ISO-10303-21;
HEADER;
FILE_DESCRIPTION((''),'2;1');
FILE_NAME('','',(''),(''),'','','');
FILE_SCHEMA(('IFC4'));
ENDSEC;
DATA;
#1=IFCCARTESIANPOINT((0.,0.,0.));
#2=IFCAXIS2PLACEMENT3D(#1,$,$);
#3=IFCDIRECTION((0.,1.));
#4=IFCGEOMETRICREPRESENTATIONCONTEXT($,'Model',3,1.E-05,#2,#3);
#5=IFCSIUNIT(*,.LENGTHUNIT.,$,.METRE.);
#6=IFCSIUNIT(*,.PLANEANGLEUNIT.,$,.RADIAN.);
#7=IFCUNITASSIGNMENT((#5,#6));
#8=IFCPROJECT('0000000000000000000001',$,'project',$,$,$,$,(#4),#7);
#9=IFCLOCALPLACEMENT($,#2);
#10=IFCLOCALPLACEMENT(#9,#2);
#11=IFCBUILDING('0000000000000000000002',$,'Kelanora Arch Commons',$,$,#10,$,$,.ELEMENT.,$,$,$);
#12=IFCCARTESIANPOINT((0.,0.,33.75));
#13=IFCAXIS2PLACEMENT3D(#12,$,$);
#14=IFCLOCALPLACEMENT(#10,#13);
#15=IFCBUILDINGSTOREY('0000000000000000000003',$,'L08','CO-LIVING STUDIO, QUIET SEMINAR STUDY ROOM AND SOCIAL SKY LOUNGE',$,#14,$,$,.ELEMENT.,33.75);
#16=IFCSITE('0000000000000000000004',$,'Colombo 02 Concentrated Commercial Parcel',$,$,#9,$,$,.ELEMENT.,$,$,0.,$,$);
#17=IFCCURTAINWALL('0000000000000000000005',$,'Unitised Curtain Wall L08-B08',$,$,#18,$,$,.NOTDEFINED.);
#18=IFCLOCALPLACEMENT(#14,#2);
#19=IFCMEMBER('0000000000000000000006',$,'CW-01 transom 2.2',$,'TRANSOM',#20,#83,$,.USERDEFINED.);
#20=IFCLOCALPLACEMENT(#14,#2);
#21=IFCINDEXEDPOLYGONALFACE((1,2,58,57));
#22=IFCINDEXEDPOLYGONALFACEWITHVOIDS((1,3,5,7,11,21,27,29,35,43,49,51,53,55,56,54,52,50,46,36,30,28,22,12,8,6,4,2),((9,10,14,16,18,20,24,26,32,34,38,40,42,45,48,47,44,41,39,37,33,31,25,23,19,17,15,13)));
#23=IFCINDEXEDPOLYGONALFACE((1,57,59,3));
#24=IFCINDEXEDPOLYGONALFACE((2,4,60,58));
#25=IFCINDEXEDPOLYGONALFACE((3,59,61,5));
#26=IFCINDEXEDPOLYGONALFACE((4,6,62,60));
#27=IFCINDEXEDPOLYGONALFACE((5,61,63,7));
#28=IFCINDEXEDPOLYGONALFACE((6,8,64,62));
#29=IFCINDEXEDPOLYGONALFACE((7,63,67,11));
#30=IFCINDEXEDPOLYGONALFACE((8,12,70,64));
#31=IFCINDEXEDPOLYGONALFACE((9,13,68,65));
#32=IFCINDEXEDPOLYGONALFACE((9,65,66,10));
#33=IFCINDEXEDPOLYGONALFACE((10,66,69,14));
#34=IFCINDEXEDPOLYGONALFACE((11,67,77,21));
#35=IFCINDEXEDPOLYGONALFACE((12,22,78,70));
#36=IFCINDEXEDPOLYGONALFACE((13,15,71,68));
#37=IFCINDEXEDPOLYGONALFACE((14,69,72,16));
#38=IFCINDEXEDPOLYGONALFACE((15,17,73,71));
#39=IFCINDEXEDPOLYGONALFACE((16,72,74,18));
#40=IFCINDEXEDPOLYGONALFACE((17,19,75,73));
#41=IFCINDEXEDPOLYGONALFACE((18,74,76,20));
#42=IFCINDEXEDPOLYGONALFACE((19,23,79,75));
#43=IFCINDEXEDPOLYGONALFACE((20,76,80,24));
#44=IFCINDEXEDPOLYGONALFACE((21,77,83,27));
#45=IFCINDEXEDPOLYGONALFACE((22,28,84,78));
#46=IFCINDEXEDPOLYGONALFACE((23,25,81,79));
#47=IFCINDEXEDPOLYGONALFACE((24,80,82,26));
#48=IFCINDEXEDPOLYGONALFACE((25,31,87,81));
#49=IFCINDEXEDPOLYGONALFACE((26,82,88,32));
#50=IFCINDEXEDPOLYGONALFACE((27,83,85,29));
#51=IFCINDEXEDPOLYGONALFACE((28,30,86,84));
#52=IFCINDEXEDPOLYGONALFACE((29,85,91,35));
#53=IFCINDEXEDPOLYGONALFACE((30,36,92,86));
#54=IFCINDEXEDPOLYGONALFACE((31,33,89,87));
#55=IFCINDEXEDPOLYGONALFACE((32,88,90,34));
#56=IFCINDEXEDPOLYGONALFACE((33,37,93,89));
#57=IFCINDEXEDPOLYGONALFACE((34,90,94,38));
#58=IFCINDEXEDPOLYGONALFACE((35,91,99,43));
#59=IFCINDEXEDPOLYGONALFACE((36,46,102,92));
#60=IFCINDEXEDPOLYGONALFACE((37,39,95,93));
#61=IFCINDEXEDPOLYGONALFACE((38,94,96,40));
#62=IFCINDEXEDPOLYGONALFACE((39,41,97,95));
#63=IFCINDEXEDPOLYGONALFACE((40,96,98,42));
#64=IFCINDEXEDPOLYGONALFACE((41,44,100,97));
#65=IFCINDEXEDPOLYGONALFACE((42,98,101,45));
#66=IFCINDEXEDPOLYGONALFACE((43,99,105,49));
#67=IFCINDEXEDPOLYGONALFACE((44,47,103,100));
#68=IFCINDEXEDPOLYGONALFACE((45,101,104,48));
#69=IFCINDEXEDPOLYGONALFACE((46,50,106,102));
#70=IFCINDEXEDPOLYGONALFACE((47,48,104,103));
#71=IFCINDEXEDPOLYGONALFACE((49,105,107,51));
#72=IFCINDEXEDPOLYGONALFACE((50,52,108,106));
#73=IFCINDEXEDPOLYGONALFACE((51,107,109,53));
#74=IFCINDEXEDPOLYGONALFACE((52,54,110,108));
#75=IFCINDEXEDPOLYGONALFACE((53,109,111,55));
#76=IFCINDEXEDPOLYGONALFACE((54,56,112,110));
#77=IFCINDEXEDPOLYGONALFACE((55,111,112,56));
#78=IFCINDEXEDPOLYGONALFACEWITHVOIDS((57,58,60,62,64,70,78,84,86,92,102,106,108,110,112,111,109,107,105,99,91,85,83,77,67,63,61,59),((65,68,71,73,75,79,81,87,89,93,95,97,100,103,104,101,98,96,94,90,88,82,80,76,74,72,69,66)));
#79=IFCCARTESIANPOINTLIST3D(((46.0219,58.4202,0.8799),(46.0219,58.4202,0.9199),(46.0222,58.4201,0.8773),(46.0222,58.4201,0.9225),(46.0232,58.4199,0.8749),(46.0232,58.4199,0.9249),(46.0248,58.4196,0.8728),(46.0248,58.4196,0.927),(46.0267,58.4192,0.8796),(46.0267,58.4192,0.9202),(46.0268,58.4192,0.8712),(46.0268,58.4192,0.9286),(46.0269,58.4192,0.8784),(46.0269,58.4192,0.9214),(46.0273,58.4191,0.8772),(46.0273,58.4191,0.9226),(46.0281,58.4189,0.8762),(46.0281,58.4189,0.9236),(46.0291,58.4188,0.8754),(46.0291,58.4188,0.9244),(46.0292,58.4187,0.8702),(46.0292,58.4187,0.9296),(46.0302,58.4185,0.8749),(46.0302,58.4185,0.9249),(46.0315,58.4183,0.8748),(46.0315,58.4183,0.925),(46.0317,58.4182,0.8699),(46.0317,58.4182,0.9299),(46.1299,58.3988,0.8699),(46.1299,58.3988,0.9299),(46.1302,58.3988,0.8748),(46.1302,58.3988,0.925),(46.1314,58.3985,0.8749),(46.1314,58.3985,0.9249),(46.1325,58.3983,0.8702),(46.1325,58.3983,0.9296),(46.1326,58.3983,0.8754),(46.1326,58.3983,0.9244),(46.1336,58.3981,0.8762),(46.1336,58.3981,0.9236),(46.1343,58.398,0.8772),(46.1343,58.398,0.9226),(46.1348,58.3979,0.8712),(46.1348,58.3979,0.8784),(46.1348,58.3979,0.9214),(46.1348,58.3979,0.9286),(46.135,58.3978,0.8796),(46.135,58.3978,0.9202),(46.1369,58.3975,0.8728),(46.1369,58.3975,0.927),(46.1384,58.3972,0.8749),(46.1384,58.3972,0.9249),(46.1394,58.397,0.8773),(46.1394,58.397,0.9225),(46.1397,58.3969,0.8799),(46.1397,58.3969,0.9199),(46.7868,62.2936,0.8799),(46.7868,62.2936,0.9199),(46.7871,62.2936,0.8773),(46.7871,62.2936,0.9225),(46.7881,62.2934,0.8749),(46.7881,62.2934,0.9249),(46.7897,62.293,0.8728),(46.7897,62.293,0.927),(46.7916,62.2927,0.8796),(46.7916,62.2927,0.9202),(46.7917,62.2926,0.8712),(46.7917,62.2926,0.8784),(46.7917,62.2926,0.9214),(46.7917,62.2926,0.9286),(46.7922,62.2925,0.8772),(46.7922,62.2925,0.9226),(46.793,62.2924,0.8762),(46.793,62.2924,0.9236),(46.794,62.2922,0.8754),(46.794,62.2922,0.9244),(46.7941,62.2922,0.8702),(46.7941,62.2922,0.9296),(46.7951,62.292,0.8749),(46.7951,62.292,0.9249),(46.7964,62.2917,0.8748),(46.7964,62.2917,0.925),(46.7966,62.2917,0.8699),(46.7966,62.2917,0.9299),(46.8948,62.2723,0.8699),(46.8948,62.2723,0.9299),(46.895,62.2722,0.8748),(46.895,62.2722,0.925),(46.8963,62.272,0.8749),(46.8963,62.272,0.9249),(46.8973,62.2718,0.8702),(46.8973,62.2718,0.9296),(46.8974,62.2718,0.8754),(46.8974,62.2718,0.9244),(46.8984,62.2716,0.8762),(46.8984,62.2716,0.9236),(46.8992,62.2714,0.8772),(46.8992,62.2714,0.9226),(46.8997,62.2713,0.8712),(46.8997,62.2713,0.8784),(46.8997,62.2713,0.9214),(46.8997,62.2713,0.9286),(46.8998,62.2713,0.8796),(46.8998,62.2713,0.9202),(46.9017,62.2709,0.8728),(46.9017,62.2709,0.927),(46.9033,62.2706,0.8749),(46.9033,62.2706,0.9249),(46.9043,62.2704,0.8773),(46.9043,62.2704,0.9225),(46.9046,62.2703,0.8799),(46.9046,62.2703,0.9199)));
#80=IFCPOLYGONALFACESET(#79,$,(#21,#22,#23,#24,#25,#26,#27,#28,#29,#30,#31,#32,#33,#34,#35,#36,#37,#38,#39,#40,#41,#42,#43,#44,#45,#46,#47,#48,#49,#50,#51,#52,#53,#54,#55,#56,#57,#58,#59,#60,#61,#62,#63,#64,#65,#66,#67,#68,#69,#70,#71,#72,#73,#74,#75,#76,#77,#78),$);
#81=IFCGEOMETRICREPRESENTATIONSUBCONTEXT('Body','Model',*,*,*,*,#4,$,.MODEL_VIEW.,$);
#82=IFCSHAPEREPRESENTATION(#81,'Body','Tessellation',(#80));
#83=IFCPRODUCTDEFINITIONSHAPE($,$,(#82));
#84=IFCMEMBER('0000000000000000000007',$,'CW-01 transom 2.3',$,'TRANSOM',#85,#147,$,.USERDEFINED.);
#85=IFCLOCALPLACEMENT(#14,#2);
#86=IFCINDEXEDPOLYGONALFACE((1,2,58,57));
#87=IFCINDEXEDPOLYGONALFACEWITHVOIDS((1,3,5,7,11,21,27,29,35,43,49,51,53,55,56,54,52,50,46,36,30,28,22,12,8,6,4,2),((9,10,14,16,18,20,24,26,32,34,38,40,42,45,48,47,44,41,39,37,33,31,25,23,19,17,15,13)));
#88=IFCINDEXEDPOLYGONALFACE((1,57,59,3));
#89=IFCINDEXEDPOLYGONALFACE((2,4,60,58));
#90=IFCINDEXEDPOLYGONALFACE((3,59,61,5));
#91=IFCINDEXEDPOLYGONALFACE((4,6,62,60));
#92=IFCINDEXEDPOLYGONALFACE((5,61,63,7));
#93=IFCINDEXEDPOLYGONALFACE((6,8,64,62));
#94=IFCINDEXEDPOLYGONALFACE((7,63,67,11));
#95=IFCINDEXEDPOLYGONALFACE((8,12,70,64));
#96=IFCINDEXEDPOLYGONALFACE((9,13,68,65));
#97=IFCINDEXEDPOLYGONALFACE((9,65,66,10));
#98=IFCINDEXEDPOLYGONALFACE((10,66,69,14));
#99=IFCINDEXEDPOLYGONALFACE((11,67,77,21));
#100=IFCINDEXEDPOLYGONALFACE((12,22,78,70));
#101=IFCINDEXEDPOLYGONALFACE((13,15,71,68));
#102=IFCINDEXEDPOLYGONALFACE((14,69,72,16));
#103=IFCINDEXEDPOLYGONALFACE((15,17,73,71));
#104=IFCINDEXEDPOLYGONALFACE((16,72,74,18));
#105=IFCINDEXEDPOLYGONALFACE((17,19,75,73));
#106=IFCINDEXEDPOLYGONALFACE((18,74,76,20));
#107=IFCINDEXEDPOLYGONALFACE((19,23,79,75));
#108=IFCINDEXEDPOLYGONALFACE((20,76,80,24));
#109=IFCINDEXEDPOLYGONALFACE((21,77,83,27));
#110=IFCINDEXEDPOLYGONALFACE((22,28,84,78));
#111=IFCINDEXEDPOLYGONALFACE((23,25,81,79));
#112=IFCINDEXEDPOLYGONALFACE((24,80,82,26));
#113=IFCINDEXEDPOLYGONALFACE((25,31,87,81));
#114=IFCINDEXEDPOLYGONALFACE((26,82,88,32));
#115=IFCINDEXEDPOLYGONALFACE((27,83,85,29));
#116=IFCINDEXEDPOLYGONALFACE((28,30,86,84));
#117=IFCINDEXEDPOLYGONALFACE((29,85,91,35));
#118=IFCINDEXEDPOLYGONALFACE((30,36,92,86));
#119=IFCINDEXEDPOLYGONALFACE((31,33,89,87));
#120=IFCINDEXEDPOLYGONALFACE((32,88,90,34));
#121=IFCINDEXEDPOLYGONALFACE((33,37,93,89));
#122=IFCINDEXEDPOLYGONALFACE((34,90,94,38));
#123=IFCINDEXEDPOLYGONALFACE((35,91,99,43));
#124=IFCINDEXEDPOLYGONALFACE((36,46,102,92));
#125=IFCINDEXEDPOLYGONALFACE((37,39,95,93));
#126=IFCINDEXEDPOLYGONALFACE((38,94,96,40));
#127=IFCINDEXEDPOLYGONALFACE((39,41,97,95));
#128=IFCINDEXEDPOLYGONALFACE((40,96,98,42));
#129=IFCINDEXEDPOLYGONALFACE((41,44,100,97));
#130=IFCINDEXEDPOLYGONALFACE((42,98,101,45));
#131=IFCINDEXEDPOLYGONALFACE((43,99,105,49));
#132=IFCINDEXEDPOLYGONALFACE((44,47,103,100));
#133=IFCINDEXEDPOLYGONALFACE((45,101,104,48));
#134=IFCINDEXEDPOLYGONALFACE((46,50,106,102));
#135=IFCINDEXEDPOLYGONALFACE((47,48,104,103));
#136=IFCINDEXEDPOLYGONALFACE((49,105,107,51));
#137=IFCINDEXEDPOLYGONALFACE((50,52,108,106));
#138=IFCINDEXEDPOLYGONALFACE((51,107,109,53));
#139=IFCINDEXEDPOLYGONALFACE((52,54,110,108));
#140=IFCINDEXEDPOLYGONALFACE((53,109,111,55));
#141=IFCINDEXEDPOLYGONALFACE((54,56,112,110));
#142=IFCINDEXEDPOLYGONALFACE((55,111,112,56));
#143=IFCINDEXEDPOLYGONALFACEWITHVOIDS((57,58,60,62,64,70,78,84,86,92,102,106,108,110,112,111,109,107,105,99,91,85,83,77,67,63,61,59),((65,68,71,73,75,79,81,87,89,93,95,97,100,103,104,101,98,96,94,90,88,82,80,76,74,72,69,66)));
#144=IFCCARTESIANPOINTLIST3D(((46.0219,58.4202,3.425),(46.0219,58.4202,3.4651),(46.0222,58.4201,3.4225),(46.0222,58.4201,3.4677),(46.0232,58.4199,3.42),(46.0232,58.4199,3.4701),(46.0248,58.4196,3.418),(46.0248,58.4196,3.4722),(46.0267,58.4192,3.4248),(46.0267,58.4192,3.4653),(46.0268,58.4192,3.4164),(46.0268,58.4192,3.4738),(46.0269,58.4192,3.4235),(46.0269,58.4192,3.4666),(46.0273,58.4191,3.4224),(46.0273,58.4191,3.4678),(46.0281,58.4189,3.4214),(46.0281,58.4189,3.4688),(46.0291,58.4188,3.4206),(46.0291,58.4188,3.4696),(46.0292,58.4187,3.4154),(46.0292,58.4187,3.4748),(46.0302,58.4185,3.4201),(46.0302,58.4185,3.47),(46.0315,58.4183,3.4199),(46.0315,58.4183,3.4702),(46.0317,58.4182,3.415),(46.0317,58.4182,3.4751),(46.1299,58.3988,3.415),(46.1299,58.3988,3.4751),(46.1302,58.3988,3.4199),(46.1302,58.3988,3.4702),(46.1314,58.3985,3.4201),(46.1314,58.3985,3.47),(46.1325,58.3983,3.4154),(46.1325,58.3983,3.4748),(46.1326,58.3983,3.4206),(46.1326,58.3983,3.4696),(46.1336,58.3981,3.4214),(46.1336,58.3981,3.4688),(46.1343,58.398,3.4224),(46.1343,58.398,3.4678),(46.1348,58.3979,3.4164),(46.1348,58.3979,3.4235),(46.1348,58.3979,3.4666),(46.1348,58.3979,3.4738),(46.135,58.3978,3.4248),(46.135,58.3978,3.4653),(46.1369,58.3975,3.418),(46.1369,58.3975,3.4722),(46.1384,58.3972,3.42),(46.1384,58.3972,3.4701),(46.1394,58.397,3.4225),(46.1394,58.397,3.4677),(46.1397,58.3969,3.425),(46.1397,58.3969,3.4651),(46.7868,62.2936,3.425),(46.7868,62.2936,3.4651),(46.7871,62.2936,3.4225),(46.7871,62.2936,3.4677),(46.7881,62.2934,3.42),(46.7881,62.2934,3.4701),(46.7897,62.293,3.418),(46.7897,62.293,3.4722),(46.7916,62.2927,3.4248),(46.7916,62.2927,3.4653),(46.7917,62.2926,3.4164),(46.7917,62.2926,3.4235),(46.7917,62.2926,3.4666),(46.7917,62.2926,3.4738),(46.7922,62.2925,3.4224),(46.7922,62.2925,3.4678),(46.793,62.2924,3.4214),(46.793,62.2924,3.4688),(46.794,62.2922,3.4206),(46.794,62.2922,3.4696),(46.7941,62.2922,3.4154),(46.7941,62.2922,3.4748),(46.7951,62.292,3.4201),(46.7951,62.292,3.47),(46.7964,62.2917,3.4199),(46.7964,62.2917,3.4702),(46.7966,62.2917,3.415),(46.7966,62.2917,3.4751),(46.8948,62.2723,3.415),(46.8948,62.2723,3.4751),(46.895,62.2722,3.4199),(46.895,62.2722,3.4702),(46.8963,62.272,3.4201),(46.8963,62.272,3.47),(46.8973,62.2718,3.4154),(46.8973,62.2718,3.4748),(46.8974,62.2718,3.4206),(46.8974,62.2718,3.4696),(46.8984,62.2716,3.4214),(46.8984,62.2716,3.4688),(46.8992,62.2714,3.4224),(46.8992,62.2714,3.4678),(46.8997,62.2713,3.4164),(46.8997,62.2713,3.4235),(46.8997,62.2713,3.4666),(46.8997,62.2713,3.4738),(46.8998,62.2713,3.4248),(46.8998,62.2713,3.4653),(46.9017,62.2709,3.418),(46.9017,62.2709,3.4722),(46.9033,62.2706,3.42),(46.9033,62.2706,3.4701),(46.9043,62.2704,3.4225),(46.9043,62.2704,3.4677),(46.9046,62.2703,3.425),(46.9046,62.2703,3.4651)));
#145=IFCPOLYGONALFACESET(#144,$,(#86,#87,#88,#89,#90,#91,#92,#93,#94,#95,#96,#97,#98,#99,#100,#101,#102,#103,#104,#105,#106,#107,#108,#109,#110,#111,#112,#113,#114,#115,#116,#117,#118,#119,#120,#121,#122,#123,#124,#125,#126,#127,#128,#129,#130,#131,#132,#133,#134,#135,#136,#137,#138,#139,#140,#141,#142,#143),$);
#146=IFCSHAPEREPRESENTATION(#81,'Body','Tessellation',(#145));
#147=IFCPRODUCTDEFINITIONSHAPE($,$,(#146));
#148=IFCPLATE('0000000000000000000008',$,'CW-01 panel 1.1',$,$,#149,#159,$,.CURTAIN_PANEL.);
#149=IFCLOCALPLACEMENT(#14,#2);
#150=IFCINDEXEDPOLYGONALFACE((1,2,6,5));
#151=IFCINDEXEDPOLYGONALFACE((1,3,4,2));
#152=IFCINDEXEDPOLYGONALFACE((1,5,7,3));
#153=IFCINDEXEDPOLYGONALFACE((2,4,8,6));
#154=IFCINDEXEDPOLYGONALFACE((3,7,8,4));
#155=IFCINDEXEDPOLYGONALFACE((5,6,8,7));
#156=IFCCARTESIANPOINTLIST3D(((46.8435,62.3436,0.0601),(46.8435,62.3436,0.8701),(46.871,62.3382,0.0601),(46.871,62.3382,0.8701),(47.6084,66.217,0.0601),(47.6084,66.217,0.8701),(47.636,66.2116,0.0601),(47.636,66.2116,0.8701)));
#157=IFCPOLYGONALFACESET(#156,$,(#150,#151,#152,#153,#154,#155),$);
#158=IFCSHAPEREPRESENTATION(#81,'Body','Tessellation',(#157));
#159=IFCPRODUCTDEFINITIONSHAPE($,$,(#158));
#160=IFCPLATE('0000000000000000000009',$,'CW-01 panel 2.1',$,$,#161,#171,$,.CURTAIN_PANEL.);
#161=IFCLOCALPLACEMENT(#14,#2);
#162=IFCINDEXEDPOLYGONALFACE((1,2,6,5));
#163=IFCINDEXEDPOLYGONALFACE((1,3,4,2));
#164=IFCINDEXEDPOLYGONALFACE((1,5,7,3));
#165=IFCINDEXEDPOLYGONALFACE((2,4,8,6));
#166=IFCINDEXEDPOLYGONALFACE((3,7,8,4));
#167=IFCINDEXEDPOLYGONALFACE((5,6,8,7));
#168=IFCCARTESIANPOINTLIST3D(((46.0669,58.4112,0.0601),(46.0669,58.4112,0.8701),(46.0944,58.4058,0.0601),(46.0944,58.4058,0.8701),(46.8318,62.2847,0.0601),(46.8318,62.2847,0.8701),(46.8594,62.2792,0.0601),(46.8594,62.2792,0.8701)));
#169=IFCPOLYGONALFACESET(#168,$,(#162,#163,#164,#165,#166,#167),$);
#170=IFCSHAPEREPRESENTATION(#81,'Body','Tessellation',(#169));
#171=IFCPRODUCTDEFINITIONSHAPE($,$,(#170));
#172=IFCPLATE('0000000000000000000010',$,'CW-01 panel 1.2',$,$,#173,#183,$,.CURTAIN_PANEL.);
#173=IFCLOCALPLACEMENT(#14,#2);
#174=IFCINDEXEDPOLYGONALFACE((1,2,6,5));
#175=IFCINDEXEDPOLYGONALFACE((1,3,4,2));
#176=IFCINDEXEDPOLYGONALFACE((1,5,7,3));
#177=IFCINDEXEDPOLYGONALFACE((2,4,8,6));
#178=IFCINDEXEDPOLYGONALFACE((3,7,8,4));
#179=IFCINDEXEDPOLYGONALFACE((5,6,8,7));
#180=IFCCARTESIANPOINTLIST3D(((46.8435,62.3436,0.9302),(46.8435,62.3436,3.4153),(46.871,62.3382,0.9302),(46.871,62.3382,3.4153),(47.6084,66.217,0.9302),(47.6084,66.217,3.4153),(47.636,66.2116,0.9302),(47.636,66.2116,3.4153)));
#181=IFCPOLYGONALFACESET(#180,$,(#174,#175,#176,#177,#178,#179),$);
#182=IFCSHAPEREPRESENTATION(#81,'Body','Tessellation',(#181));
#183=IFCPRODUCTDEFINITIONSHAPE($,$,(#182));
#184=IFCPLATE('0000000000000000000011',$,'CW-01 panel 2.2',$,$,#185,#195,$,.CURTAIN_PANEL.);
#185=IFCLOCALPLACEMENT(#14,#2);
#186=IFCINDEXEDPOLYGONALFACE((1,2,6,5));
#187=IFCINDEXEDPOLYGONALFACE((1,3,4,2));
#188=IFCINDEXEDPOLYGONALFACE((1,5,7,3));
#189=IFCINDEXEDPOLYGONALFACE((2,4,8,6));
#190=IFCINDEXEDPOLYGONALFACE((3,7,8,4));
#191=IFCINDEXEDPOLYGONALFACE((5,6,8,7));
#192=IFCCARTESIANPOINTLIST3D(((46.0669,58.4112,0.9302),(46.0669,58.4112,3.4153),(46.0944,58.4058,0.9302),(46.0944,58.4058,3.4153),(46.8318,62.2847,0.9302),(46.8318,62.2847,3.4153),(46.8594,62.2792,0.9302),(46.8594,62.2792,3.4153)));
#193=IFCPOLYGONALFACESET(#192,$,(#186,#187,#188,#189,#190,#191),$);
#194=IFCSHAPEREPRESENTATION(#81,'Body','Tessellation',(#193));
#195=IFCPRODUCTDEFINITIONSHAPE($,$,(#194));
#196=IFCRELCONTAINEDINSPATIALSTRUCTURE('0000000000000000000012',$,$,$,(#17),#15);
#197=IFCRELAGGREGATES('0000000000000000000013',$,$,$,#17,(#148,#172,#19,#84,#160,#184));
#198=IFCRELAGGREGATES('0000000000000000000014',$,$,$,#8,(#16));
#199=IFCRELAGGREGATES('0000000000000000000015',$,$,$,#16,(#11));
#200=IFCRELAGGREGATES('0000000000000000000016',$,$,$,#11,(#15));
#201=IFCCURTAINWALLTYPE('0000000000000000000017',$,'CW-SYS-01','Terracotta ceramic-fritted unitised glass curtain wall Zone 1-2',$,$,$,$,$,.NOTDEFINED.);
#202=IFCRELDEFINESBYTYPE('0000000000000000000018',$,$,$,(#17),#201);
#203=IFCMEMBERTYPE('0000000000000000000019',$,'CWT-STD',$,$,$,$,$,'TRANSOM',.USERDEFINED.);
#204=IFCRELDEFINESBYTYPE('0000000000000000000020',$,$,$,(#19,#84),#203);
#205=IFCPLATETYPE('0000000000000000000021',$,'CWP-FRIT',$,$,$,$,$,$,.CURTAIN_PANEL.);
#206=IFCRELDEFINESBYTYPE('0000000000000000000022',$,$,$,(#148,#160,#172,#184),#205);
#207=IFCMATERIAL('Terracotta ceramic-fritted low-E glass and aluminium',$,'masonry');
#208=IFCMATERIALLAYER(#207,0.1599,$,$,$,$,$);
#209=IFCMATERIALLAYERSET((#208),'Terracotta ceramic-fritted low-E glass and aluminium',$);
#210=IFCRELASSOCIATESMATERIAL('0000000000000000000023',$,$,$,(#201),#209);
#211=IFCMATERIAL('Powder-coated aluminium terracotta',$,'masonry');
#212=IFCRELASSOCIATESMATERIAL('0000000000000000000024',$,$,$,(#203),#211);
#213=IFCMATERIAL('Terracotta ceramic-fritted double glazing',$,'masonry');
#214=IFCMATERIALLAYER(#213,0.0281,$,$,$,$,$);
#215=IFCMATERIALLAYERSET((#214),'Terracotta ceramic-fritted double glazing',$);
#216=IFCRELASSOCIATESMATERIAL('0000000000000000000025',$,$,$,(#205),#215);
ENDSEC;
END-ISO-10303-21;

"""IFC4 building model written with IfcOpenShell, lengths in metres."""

from ifc_helpers import new_model, si_unit, direction, frame, origin, origin_2d, place, context, subcontext, project, spatial, rectangle, hollow_rectangle, extrude, source, transform, mapped, material, layer, layer_set, material_profile, profile_set, type_object, element, aggregate, save


model = new_model("IFC4")

# Units and contexts
model_context = context("Model", 3, precision=1e-05, world=origin(), true_north=direction((0.0, 1.0)))
body_context = subcontext(model_context, "Body", "Model", "MODEL_VIEW")
ifc_project = project(units=[si_unit("LENGTHUNIT", "METRE"), si_unit("PLANEANGLEUNIT", "RADIAN")], contexts=[model_context])

# Site, building, storey
site_placement = place(None, origin())
site = spatial("IfcSite", under=ifc_project, at=site_placement, Name="Colombo 02 Concentrated Commercial Parcel", CompositionType="ELEMENT", RefElevation=0.0)
building_placement = place(site_placement, origin())
building = spatial("IfcBuilding", under=site, at=building_placement, Name="Kelanora Arch Commons", CompositionType="ELEMENT")
storey_placement = place(building_placement, frame((0.0, 0.0, 33.75)))
storey = spatial("IfcBuildingStorey", under=building, at=storey_placement, Name="L08", Description="CO-LIVING STUDIO, QUIET SEMINAR STUDY ROOM AND SOCIAL SKY LOUNGE", CompositionType="ELEMENT", Elevation=33.75)

# Curtain wall, members, plates
ifc_material_1 = material(Name="Terracotta ceramic-fritted low-E glass and aluminium", Category="masonry")
ifc_layer_1 = layer(ifc_material_1, 0.1599)
ifc_layer_set_1 = layer_set([ifc_layer_1], Name="Terracotta ceramic-fritted low-E glass and aluminium")
curtain_wall_type = type_object("IfcCurtainWallType", Name="CW-SYS-01", Description="Terracotta ceramic-fritted unitised glass curtain wall Zone 1-2", PredefinedType="NOTDEFINED", material=ifc_layer_set_1)
curtain_wall_placement = place(storey_placement, origin())
curtain_wall = element("IfcCurtainWall", 1, at=curtain_wall_placement, inside=storey, type_object=curtain_wall_type, Name="Unitised Curtain Wall L08-B08", PredefinedType="NOTDEFINED")
ifc_material_2 = material(Name="Powder-coated aluminium terracotta", Category="masonry")
ifc_material_profile_1 = material_profile(ifc_material_2, hollow_rectangle(XDim=0.1201, YDim=0.0601, WallThickness=0.0049, InnerFilletRadius=0.0049, OuterFilletRadius=0.01, at=origin_2d()), Name="CWT120x60")
ifc_profile_set_1 = profile_set([ifc_material_profile_1], Name="Powder-coated aluminium terracotta")
member_type_1 = type_object("IfcMemberType", Name="CWT-STD", ElementType="TRANSOM", PredefinedType="USERDEFINED", material=ifc_profile_set_1)
member_1_placement = place(storey_placement, frame((46.8457, 62.282, 0.8999), z_axis=(-0.193725, -0.981056, 0.0), x_axis=(0.981056, -0.193725, 0.0)))
member_1 = element("IfcMember", 2, at=member_1_placement, type_object=member_type_1, Name="CW-01 transom 2.2", ObjectType="TRANSOM", PredefinedType="USERDEFINED", context=body_context, shape_type="SweptSolid", body=[
    extrude(hollow_rectangle(XDim=0.1201, YDim=0.0601, WallThickness=0.0049, InnerFilletRadius=0.0049, OuterFilletRadius=0.01, at=origin_2d()), origin(), (0.0, 0.0, 1.0), 3.9482),
])
member_2_placement = place(storey_placement, frame((46.8457, 62.282, 3.4451), z_axis=(-0.193725, -0.981056, 0.0), x_axis=(0.981056, -0.193725, 0.0)))
member_2 = element("IfcMember", 3, at=member_2_placement, type_object=member_type_1, Name="CW-01 transom 2.3", ObjectType="TRANSOM", PredefinedType="USERDEFINED", context=body_context, shape_type="SweptSolid", body=[
    extrude(hollow_rectangle(XDim=0.1201, YDim=0.0601, WallThickness=0.0049, InnerFilletRadius=0.0049, OuterFilletRadius=0.01, at=origin_2d()), origin(), (0.0, 0.0, 1.0), 3.9482),
])
ifc_material_3 = material(Name="Terracotta ceramic-fritted double glazing", Category="masonry")
ifc_layer_2 = layer(ifc_material_3, 0.0281)
ifc_layer_set_2 = layer_set([ifc_layer_2], Name="Terracotta ceramic-fritted double glazing")
plate_type = type_object("IfcPlateType", Name="CWP-FRIT", PredefinedType="CURTAIN_PANEL", material=ifc_layer_set_2)
shared_shape_1 = source(origin(), body_context, "Body", "SweptSolid", [
    extrude(rectangle(XDim=3.9482, YDim=0.0281, at=origin_2d()), origin(), (0.0, 0.0, 1.0), 0.8101),
])
plate_1_placement = place(storey_placement, frame((47.2397, 64.2776, 0.0601), z_axis=(0.0, 0.0, 1.0), x_axis=(-0.193744, -0.981052, 0.0)))
plate_1 = element("IfcPlate", 4, at=plate_1_placement, type_object=plate_type, Name="CW-01 panel 1.1", PredefinedType="CURTAIN_PANEL", context=body_context, shape_type="MappedRepresentation", body=[
    mapped(shared_shape_1, transform((0.0, 0.0, 0.0), scale=1.0)),
])
plate_2_placement = place(storey_placement, frame((46.4631, 60.3452, 0.0601), z_axis=(0.0, 0.0, 1.0), x_axis=(-0.193744, -0.981052, 0.0)))
plate_2 = element("IfcPlate", 5, at=plate_2_placement, type_object=plate_type, Name="CW-01 panel 2.1", PredefinedType="CURTAIN_PANEL", context=body_context, shape_type="MappedRepresentation", body=[
    mapped(shared_shape_1, transform((0.0, 0.0, 0.0), scale=1.0)),
])
shared_shape_2 = source(origin(), body_context, "Body", "SweptSolid", [
    extrude(rectangle(XDim=3.9482, YDim=0.0281, at=origin_2d()), origin(), (0.0, 0.0, 1.0), 2.4851),
])
plate_3_placement = place(storey_placement, frame((47.2397, 64.2776, 0.9302), z_axis=(0.0, 0.0, 1.0), x_axis=(-0.193744, -0.981052, 0.0)))
plate_3 = element("IfcPlate", 6, at=plate_3_placement, type_object=plate_type, Name="CW-01 panel 1.2", PredefinedType="CURTAIN_PANEL", context=body_context, shape_type="MappedRepresentation", body=[
    mapped(shared_shape_2, transform((0.0, 0.0, 0.0), scale=1.0)),
])
plate_4_placement = place(storey_placement, frame((46.4631, 60.3452, 0.9302), z_axis=(0.0, 0.0, 1.0), x_axis=(-0.193744, -0.981052, 0.0)))
plate_4 = element("IfcPlate", 7, at=plate_4_placement, type_object=plate_type, Name="CW-01 panel 2.2", PredefinedType="CURTAIN_PANEL", context=body_context, shape_type="MappedRepresentation", body=[
    mapped(shared_shape_2, transform((0.0, 0.0, 0.0), scale=1.0)),
])
aggregate(curtain_wall, [plate_1, plate_3, member_1, member_2, plate_2, plate_4])

save(model, "model.ifc")
